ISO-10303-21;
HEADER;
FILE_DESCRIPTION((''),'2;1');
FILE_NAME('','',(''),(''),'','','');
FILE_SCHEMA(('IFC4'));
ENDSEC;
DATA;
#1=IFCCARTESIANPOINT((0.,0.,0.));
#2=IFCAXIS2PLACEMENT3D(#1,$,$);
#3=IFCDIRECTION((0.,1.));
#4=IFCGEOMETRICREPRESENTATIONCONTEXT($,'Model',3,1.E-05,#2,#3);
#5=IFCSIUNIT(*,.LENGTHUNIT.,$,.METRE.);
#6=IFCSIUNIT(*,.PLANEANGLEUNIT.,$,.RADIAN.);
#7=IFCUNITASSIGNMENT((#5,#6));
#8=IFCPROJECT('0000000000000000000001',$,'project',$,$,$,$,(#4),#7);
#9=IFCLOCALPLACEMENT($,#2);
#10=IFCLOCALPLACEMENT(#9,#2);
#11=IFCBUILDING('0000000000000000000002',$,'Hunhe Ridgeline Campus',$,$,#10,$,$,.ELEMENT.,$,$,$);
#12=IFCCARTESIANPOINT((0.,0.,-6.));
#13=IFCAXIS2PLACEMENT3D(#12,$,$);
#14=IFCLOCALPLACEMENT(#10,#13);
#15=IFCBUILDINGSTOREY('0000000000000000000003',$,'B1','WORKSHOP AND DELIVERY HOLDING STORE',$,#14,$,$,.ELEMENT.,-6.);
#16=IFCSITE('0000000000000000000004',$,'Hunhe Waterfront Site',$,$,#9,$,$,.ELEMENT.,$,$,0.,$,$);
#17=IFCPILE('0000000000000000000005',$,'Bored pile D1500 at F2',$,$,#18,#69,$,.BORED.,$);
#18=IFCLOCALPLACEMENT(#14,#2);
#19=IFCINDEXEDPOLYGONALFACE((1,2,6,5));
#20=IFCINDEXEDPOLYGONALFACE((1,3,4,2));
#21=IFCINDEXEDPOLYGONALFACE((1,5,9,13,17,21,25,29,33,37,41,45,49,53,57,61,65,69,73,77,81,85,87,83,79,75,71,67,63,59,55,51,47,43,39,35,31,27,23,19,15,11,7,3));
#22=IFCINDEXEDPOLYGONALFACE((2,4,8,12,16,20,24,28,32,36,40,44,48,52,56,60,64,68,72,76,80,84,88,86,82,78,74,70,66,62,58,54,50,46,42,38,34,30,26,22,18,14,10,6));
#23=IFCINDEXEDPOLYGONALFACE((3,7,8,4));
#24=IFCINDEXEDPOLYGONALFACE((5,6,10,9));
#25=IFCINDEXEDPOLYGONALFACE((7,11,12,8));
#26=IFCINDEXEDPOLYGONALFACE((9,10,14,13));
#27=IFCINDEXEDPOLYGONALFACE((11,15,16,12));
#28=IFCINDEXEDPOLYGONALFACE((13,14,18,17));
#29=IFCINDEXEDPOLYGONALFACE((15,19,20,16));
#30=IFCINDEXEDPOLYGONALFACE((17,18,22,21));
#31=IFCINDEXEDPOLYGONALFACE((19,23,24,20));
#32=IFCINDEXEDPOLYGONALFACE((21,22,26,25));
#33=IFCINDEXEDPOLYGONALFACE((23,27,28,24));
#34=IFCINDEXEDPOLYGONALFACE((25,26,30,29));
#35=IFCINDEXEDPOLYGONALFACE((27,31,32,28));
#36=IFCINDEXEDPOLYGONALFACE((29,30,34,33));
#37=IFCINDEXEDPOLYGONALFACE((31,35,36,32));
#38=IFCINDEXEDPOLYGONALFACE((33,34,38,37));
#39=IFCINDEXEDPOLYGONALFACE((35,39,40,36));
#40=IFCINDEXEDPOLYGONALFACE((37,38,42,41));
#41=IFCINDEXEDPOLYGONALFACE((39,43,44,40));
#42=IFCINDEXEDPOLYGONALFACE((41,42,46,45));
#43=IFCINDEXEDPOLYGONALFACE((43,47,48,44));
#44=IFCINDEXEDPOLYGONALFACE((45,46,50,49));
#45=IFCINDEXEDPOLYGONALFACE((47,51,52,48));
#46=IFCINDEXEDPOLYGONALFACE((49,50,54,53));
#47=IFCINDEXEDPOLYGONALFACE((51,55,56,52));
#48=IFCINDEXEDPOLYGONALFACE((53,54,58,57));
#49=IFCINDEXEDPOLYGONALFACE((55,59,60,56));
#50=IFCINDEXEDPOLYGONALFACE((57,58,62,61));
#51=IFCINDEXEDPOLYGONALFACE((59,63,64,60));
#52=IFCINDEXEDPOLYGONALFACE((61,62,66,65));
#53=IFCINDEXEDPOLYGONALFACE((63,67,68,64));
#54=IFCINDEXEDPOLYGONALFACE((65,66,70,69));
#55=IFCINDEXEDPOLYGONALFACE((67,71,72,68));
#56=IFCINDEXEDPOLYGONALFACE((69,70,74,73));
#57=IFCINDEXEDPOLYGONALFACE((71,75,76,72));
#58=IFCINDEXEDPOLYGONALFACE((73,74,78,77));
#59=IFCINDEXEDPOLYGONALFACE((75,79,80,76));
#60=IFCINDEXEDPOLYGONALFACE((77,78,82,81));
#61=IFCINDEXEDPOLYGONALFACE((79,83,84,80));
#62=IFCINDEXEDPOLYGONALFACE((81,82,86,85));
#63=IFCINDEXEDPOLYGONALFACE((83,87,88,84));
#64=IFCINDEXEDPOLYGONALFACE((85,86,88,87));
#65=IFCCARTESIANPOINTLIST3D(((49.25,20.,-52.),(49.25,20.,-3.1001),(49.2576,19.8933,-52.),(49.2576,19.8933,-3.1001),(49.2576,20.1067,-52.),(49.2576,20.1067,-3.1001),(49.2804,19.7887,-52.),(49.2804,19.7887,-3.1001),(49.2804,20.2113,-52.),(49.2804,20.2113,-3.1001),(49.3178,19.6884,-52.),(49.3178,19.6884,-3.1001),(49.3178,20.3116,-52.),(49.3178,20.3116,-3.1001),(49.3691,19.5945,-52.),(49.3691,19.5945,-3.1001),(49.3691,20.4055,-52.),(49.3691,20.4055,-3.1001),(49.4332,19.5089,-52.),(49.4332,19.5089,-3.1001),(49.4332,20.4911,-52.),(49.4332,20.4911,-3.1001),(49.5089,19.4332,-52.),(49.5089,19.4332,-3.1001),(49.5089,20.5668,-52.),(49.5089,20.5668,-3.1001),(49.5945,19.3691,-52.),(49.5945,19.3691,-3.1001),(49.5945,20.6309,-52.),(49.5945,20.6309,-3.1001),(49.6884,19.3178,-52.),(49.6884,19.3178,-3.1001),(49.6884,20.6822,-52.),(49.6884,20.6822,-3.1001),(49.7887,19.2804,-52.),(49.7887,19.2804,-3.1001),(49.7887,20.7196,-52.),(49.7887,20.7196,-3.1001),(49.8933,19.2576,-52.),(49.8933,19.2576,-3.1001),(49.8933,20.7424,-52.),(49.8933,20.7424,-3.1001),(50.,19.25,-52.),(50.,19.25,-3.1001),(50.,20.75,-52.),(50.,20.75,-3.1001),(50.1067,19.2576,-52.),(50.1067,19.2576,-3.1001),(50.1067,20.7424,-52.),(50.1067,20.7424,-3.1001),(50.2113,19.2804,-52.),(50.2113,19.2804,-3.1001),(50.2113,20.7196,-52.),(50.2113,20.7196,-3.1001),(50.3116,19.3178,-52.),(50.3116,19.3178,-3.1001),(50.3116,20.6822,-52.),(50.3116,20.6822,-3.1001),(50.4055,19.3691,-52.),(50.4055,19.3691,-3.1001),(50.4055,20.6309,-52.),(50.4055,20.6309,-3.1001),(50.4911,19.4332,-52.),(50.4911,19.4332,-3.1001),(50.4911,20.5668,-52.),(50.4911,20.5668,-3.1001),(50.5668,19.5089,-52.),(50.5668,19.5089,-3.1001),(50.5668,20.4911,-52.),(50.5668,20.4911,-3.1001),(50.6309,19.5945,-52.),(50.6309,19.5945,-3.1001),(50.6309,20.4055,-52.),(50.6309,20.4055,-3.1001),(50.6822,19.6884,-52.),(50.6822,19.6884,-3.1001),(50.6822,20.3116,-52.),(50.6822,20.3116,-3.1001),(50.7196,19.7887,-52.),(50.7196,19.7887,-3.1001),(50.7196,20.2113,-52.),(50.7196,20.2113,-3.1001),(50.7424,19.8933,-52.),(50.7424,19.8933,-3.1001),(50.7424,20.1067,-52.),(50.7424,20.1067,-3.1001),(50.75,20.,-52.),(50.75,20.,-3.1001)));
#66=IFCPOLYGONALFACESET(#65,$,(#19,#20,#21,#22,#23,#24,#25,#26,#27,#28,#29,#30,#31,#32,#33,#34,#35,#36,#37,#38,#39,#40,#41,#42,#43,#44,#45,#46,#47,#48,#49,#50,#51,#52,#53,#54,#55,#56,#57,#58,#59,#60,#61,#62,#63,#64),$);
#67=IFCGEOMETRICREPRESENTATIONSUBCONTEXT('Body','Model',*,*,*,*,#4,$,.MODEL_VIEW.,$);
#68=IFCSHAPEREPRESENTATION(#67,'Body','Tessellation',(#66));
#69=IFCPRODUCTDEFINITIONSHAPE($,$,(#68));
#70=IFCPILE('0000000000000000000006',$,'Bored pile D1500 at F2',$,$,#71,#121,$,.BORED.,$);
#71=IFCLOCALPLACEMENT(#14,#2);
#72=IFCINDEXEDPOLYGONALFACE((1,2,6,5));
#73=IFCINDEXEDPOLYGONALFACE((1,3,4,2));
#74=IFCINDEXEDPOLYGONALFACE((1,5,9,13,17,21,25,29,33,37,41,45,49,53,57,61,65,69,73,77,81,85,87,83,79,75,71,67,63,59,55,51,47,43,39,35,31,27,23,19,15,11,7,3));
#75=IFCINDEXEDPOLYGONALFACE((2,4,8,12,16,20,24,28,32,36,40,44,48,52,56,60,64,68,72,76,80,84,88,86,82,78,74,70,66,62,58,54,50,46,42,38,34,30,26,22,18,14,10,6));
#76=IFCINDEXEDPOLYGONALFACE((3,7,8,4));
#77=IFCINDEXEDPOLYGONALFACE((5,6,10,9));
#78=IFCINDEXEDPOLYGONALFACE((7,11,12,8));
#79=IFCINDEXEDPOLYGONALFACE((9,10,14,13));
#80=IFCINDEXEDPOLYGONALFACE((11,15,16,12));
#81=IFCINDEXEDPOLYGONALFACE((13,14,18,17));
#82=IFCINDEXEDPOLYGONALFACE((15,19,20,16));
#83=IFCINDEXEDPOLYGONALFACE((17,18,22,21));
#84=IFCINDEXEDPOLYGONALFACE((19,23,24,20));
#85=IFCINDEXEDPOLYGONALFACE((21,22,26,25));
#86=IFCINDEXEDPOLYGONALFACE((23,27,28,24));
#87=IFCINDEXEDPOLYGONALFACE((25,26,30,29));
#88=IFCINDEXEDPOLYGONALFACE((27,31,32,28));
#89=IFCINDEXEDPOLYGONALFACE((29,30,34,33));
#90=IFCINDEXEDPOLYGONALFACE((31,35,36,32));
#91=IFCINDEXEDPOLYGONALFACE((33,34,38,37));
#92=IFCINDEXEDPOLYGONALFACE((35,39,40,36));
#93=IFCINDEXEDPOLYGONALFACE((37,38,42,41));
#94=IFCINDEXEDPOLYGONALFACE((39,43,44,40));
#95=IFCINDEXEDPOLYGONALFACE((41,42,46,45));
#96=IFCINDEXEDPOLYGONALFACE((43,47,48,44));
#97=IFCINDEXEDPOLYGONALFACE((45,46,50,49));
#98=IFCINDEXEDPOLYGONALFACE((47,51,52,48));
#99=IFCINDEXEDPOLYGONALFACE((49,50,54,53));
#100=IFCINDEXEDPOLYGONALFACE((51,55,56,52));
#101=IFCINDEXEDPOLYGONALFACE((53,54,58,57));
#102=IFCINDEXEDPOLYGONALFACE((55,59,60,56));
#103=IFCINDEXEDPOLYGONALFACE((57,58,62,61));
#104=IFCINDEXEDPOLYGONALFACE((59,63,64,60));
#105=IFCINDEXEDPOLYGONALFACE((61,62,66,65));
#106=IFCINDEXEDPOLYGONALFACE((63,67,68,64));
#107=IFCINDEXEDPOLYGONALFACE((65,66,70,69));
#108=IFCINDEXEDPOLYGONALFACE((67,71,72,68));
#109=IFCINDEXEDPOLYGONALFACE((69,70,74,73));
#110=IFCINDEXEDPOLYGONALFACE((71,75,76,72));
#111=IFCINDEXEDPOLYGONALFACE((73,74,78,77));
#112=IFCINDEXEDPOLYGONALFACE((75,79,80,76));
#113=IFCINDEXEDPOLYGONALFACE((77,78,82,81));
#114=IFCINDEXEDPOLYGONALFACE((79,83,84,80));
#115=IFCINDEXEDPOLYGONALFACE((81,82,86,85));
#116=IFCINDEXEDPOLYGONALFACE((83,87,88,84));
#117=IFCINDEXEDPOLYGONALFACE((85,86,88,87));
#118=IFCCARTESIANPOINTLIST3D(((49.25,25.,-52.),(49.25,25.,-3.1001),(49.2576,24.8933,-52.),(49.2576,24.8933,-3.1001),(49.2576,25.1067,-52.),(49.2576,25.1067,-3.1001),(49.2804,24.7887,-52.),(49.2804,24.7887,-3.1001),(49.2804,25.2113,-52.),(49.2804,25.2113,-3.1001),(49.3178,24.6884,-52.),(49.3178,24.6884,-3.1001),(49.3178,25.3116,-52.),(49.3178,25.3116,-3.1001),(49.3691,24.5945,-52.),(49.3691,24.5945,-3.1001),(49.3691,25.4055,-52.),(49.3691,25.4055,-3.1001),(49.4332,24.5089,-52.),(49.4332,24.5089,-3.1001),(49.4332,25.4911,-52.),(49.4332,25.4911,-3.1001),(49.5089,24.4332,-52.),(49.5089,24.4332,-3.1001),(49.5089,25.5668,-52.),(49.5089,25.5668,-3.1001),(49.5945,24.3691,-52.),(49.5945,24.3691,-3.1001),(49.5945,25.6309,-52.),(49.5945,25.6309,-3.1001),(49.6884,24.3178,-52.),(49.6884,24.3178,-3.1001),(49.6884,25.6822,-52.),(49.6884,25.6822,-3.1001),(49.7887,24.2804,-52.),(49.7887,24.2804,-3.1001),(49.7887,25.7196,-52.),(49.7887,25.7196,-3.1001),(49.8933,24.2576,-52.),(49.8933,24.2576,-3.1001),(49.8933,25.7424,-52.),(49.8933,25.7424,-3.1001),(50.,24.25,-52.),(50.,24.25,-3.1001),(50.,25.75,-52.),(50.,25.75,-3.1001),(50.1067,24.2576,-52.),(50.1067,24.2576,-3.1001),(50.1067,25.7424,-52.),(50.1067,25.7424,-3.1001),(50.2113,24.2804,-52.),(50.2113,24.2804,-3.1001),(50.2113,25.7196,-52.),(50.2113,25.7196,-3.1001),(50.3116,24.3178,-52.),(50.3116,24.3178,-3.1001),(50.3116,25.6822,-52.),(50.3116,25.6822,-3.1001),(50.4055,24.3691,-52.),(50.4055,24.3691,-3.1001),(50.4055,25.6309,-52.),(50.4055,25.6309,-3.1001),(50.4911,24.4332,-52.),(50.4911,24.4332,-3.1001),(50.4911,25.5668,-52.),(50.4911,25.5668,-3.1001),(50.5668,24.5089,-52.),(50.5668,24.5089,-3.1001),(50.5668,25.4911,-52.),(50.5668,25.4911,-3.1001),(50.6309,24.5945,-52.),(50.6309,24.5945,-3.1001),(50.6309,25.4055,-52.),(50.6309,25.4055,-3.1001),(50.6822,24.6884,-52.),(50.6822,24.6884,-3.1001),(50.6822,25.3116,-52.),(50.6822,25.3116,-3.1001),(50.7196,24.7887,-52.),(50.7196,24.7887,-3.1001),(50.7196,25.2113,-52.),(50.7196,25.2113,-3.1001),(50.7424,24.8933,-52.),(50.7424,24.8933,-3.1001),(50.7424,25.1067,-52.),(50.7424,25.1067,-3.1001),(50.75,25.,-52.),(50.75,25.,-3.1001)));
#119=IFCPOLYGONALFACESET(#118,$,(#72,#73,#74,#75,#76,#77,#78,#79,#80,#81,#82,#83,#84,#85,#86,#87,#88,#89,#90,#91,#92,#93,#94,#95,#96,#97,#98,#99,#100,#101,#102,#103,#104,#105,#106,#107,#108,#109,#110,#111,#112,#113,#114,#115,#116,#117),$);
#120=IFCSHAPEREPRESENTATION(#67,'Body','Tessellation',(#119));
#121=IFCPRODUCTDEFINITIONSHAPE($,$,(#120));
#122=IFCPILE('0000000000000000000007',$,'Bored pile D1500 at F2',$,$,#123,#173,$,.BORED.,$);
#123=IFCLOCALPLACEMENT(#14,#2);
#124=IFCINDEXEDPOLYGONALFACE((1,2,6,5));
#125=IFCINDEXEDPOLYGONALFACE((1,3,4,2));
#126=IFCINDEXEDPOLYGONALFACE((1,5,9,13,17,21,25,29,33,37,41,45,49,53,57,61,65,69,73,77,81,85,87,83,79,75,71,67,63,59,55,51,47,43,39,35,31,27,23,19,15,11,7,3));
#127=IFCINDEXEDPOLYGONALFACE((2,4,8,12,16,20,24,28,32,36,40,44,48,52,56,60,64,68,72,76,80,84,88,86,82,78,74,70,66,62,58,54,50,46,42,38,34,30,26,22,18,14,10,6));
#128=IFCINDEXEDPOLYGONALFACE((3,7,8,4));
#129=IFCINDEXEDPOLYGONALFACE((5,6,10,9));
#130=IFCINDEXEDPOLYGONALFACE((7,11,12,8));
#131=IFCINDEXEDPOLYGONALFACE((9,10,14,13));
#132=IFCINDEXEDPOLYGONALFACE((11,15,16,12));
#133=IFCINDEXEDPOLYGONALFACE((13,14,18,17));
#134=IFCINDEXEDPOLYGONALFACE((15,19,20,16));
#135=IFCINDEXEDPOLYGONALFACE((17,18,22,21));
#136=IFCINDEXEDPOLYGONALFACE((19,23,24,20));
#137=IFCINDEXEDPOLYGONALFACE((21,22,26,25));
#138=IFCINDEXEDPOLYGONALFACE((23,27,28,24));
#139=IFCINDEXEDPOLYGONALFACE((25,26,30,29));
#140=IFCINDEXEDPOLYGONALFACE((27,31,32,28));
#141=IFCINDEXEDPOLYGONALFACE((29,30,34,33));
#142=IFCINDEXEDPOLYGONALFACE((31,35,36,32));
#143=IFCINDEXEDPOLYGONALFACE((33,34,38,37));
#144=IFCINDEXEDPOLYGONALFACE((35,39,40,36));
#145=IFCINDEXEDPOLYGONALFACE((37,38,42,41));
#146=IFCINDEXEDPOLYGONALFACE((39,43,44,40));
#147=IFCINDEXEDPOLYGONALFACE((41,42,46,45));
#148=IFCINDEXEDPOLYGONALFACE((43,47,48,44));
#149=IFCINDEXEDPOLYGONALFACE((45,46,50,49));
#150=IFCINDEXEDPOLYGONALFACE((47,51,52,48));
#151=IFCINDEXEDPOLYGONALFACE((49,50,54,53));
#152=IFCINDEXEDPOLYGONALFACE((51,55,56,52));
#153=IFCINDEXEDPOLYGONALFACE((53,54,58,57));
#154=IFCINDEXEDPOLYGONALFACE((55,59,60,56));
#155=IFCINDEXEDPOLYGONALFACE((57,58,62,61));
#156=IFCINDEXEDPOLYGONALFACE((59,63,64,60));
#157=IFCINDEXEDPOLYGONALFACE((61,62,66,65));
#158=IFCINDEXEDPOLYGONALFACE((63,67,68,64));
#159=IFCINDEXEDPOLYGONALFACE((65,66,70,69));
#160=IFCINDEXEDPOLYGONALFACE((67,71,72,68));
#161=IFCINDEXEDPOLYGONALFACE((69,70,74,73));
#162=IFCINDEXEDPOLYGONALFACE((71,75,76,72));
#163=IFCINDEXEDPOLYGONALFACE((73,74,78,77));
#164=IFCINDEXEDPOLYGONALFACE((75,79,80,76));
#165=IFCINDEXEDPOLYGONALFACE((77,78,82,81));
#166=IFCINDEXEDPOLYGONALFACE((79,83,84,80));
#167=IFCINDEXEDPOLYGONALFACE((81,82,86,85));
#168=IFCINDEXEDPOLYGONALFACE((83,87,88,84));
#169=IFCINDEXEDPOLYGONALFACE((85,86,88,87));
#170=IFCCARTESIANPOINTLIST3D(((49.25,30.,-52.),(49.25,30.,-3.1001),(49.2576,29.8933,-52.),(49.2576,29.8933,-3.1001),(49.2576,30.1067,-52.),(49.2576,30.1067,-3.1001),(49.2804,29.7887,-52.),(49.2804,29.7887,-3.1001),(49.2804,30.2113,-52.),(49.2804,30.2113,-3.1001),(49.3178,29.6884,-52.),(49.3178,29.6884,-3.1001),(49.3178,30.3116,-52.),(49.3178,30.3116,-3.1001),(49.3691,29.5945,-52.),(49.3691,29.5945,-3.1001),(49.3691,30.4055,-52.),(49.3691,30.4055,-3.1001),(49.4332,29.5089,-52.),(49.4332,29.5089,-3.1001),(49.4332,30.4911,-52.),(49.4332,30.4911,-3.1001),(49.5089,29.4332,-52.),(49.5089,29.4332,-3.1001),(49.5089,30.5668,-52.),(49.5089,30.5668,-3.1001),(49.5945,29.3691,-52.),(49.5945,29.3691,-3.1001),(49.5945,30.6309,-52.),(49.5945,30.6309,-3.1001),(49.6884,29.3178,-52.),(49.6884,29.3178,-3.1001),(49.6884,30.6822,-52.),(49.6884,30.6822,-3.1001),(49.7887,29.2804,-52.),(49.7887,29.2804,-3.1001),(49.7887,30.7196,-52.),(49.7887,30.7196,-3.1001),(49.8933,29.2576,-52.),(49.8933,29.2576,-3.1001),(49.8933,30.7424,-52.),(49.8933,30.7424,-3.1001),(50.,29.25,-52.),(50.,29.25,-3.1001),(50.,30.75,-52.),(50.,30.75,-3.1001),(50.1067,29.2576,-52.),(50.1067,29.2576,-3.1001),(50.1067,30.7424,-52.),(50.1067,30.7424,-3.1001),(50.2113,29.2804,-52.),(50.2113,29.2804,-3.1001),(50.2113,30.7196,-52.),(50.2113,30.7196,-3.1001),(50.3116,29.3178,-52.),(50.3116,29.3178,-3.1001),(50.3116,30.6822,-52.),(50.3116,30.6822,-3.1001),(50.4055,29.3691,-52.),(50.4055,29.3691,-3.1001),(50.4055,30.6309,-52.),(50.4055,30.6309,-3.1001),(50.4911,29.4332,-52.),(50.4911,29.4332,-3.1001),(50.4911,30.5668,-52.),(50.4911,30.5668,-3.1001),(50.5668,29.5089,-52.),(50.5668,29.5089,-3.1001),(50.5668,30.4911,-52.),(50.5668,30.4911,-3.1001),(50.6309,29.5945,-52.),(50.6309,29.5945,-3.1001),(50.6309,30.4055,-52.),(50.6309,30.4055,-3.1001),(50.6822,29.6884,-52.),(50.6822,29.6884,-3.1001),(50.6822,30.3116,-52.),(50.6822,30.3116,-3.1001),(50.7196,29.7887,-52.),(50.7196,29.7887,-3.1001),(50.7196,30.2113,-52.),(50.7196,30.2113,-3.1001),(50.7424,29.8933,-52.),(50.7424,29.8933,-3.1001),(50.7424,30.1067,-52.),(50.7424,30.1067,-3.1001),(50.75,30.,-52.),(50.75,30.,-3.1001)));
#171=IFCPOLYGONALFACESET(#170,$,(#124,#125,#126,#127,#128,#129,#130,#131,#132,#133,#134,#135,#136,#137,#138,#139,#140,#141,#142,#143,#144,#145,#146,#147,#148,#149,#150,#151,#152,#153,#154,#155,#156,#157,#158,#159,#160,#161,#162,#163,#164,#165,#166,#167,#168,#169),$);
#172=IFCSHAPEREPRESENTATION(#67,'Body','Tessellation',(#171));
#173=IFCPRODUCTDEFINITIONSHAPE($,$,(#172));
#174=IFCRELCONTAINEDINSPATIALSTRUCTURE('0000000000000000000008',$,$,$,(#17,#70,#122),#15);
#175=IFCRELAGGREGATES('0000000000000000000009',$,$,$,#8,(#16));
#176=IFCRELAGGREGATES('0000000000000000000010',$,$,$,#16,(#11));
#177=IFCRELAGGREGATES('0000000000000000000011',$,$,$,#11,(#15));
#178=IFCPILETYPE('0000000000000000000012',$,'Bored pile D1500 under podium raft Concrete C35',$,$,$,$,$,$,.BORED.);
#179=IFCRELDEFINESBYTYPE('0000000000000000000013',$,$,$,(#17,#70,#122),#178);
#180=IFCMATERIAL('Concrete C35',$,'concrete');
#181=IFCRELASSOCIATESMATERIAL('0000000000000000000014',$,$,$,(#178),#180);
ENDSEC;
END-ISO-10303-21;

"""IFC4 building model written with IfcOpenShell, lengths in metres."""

from ifc_helpers import new_model, si_unit, direction, frame, origin, origin_2d, place, context, subcontext, project, spatial, circle, extrude, material, material_profile, profile_set, type_object, element, save


model = new_model("IFC4")

# Units and contexts
model_context = context("Model", 3, precision=1e-05, world=origin(), true_north=direction((0.0, 1.0)))
body_context = subcontext(model_context, "Body", "Model", "MODEL_VIEW")
ifc_project = project(units=[si_unit("LENGTHUNIT", "METRE"), si_unit("PLANEANGLEUNIT", "RADIAN")], contexts=[model_context])

# Site, building, storey
site_placement = place(None, origin())
site = spatial("IfcSite", under=ifc_project, at=site_placement, Name="Hunhe Waterfront Site", CompositionType="ELEMENT", RefElevation=0.0)
building_placement = place(site_placement, origin())
building = spatial("IfcBuilding", under=site, at=building_placement, Name="Hunhe Ridgeline Campus", CompositionType="ELEMENT")
storey_placement = place(building_placement, frame((0.0, 0.0, -6.0)))
storey = spatial("IfcBuildingStorey", under=building, at=storey_placement, Name="B1", Description="WORKSHOP AND DELIVERY HOLDING STORE", CompositionType="ELEMENT", Elevation=-6.0)

# Piles
ifc_material_1 = material(Name="Concrete C35", Category="concrete")
ifc_material_profile_1 = material_profile(ifc_material_1, circle(Radius=0.75, at=origin_2d()))
ifc_profile_set_1 = profile_set([ifc_material_profile_1], Name="Concrete C35")
pile_type_1 = type_object("IfcPileType", Name="Bored pile D1500 under podium raft Concrete C35", PredefinedType="BORED", material=ifc_profile_set_1)
for number, where, z_axis, x_axis, name in (
    (1, (50.0, 20.0, -3.1001), (0.0, 0.0, -1.0), (1.0, 0.0, 0.0), "Bored pile D1500 at F2"),
    (2, (50.0, 25.0, -3.1001), (0.0, 0.0, -1.0), (1.0, 0.0, 0.0), "Bored pile D1500 at F2"),
    (3, (50.0, 30.0, -3.1001), (0.0, 0.0, -1.0), (1.0, 0.0, 0.0), "Bored pile D1500 at F2"),
):
    element("IfcPile", number, at=place(storey_placement, frame(where, z_axis=z_axis, x_axis=x_axis)), inside=storey, type_object=pile_type_1, Name=name, PredefinedType="BORED", context=body_context, shape_type="SweptSolid", body=[
        extrude(circle(Radius=0.75, at=origin_2d()), origin(), (0.0, 0.0, 1.0), 48.8999),
    ])

save(model, "model.ifc")
